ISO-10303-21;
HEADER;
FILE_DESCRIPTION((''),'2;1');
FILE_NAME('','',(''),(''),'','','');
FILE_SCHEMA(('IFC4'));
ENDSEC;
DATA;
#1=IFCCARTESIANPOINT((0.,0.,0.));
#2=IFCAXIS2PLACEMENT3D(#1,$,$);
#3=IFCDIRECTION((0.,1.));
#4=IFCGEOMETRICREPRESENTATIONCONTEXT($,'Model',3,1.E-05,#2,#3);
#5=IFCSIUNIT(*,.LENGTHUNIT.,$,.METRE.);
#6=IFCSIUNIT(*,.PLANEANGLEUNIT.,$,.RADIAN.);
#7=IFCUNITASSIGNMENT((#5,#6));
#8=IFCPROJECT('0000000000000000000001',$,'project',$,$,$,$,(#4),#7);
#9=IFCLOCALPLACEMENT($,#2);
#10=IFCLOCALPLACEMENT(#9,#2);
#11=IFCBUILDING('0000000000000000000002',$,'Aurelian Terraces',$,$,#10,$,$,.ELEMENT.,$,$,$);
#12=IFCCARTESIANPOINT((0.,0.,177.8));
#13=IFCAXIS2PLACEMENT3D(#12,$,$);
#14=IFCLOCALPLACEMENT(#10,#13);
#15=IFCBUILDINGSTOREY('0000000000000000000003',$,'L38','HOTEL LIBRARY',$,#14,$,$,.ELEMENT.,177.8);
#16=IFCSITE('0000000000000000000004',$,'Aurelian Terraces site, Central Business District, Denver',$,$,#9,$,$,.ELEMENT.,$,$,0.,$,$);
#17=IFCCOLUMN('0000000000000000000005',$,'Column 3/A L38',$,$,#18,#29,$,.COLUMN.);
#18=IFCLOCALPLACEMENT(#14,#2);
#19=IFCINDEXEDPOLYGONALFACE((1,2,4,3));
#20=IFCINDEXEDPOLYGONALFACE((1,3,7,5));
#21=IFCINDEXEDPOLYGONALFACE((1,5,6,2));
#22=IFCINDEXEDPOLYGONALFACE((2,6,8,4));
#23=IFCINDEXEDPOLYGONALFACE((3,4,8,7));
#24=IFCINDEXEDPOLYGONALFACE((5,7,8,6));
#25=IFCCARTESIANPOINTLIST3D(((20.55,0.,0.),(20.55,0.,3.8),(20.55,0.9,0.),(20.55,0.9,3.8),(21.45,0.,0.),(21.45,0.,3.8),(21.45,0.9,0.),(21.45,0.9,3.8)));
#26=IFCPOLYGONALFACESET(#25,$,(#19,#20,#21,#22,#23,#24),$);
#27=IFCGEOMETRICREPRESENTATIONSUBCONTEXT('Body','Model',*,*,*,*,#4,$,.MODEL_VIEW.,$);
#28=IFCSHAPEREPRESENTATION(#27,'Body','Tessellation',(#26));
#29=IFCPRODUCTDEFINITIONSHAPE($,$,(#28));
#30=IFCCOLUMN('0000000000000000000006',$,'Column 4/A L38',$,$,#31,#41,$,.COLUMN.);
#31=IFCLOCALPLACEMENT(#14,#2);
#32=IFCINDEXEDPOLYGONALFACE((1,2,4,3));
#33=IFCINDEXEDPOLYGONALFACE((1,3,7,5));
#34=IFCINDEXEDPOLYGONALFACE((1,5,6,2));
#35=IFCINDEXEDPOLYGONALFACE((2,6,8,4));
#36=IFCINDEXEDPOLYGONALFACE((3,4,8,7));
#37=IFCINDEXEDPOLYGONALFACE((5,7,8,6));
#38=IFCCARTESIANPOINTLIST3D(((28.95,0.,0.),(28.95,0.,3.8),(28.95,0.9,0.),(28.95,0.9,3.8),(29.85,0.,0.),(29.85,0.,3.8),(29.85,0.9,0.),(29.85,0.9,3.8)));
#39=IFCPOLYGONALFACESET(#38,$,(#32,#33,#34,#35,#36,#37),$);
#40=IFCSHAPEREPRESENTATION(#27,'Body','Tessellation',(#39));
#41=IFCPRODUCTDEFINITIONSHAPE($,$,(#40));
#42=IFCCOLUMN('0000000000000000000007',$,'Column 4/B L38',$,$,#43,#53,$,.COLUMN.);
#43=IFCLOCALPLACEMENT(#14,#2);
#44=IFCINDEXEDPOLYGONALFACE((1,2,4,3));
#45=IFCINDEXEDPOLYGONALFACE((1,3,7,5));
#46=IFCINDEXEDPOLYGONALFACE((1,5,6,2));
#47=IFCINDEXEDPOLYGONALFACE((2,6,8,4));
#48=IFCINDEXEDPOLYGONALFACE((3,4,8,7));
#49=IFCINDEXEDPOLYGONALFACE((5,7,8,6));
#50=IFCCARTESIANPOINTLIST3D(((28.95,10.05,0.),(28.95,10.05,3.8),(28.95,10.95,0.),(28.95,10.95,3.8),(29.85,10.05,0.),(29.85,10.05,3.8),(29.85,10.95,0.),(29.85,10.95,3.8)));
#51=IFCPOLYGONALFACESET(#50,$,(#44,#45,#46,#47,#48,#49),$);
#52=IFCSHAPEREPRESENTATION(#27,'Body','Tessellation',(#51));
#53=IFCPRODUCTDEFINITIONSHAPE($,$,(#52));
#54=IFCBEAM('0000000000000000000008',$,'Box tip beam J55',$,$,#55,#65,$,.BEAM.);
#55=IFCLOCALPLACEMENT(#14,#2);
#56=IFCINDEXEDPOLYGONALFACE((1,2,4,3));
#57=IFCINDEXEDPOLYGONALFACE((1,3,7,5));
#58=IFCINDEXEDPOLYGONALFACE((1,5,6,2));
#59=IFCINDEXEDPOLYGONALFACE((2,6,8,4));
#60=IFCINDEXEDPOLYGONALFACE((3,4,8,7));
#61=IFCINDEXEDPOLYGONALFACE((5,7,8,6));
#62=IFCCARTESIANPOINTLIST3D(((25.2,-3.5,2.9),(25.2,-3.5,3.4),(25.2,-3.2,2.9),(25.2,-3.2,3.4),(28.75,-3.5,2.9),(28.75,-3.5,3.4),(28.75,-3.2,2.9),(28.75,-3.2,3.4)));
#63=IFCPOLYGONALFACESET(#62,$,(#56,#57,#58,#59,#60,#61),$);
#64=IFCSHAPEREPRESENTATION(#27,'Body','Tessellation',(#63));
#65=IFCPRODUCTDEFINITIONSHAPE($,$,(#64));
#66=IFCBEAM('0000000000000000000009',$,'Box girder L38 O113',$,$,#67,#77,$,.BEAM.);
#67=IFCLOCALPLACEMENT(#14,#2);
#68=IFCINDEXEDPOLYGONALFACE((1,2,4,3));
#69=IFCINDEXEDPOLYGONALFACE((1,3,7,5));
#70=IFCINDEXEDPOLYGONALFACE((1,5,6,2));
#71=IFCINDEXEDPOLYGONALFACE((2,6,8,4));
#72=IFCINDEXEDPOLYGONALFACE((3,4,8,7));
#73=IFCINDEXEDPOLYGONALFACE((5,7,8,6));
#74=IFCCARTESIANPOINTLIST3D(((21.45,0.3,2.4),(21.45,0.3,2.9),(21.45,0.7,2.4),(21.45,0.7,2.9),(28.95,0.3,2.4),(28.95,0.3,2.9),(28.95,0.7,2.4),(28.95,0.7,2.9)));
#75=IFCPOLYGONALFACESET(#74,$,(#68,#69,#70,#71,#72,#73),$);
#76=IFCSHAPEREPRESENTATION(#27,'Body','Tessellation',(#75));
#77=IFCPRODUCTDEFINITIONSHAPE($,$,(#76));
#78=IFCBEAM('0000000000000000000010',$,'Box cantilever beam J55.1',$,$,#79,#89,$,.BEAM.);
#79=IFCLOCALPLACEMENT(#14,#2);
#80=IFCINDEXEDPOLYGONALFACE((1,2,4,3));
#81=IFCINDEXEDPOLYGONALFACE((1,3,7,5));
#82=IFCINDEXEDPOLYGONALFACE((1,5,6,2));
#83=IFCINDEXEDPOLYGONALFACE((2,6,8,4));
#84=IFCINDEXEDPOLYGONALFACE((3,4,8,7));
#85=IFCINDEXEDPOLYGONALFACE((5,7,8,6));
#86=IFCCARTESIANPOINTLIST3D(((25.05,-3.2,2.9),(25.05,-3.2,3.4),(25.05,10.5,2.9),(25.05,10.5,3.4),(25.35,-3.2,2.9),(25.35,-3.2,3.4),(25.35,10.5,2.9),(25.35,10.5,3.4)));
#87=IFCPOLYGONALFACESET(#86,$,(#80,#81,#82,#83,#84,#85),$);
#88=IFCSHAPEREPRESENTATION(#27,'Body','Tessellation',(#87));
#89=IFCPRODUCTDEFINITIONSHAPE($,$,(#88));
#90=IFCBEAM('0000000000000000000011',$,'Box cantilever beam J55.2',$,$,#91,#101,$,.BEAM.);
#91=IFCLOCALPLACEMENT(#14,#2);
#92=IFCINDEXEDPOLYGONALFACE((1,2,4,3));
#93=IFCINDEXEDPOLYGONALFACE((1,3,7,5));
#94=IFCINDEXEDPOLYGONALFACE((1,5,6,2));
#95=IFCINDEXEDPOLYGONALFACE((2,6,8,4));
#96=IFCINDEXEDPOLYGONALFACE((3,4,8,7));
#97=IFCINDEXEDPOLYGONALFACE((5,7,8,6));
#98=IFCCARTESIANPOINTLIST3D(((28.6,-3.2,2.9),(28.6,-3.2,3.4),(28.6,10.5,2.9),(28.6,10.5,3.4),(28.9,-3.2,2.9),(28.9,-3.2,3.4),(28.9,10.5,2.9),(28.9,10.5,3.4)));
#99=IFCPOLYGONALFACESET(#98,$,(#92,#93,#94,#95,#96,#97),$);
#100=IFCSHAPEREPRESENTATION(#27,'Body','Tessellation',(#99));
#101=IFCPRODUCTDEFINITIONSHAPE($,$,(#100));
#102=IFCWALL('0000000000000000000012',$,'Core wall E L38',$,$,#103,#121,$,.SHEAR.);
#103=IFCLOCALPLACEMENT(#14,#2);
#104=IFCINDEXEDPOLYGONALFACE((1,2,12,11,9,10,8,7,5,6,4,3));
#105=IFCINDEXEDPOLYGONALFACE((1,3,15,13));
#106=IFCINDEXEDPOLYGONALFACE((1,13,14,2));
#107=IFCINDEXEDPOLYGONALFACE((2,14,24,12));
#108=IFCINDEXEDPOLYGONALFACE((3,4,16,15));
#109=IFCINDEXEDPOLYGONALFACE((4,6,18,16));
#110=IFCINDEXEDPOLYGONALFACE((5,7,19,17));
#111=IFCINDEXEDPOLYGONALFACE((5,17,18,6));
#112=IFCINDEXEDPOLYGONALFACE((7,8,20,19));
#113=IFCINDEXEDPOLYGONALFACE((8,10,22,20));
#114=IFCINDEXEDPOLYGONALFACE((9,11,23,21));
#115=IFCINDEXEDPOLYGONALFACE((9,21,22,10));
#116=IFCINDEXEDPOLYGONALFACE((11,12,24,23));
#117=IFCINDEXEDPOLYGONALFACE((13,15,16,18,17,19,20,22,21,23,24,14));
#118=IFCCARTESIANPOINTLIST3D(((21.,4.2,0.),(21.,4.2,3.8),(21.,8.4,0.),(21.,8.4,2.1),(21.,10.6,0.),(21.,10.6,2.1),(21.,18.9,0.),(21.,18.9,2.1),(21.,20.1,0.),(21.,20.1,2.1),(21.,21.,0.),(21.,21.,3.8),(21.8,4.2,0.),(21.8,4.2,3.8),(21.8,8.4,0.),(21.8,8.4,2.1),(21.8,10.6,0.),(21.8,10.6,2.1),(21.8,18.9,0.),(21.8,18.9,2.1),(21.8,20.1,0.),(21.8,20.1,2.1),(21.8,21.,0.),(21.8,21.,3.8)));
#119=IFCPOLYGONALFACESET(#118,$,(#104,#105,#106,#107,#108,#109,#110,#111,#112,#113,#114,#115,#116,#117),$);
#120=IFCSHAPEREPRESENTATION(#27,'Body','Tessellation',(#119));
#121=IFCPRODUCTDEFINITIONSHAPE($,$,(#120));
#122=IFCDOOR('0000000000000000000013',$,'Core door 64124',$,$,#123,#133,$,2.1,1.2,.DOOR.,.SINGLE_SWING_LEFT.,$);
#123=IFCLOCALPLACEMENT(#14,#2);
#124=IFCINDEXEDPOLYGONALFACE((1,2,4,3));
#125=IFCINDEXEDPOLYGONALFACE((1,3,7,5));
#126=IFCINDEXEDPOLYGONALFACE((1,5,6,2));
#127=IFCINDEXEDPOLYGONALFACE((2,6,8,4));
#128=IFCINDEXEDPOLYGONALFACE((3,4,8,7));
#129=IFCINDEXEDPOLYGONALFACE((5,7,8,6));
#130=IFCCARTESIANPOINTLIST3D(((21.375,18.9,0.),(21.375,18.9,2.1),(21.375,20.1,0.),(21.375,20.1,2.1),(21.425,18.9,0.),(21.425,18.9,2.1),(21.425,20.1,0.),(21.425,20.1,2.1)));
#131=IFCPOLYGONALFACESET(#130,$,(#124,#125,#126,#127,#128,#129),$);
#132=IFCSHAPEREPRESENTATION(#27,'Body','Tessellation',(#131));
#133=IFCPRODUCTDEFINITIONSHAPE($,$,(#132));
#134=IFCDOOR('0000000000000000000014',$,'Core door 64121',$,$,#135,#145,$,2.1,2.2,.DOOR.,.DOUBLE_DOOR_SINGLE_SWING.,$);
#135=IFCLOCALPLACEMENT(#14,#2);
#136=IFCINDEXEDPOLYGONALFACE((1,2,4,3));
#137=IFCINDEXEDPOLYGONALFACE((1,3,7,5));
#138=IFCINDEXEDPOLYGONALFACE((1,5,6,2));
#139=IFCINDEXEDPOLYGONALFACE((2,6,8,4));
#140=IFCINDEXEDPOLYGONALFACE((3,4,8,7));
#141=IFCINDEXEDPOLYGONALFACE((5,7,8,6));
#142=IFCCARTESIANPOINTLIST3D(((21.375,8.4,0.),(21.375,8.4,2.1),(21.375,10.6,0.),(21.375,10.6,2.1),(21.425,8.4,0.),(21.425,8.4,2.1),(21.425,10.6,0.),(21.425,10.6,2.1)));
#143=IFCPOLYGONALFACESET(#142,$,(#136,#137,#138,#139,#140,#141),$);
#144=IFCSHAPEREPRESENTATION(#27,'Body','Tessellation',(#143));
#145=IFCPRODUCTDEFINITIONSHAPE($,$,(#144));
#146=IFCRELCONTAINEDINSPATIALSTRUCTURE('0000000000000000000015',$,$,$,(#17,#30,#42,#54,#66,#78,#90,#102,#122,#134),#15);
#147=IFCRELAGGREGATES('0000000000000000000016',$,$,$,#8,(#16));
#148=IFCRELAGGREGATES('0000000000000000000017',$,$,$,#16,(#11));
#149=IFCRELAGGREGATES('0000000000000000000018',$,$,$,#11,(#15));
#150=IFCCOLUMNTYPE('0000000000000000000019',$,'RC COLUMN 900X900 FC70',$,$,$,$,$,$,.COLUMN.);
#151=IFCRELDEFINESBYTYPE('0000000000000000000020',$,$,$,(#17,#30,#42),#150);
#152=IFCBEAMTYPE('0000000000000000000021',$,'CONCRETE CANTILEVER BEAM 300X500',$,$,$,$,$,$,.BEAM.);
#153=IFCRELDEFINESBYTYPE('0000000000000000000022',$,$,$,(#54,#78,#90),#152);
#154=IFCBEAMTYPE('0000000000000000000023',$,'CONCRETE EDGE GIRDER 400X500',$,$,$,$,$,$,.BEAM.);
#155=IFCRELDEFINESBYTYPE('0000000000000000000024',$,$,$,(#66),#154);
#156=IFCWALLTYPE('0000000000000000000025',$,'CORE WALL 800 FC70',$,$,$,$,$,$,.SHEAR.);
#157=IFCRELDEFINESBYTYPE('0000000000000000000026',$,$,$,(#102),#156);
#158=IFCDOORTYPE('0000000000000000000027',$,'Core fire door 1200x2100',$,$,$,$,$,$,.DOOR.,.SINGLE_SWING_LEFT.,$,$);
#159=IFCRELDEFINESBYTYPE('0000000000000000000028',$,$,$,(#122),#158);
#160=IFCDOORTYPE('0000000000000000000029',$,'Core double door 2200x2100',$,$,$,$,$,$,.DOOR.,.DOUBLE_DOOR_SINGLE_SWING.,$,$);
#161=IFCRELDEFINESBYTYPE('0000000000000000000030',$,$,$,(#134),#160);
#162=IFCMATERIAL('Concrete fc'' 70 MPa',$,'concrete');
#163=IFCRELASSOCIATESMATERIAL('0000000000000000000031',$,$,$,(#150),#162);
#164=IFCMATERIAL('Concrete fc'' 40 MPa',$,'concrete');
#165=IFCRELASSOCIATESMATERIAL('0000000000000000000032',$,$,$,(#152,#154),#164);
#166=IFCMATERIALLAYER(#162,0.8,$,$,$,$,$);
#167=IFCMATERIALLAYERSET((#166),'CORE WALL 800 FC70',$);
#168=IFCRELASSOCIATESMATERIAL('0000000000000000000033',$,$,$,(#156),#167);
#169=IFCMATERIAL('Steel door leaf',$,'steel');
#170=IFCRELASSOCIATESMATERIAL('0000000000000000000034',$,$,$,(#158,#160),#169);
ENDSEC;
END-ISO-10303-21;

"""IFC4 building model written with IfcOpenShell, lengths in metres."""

from ifc_helpers import new_model, si_unit, direction, frame, frame_2d, origin, origin_2d, place, context, subcontext, project, spatial, rectangle, extrude, source, transform, mapped, material, layer, layer_set, material_profile, profile_set, type_object, element, fill, save


model = new_model("IFC4")

# Units and contexts
model_context = context("Model", 3, precision=1e-05, world=origin(), true_north=direction((0.0, 1.0)))
body_context = subcontext(model_context, "Body", "Model", "MODEL_VIEW")
ifc_project = project(units=[si_unit("LENGTHUNIT", "METRE"), si_unit("PLANEANGLEUNIT", "RADIAN")], contexts=[model_context])

# Site, building, storey
site_placement = place(None, origin())
site = spatial("IfcSite", under=ifc_project, at=site_placement, Name="Aurelian Terraces site, Central Business District, Denver", CompositionType="ELEMENT", RefElevation=0.0)
building_placement = place(site_placement, origin())
building = spatial("IfcBuilding", under=site, at=building_placement, Name="Aurelian Terraces", CompositionType="ELEMENT")
storey_placement = place(building_placement, frame((0.0, 0.0, 177.8)))
storey = spatial("IfcBuildingStorey", under=building, at=storey_placement, Name="L38", Description="HOTEL LIBRARY", CompositionType="ELEMENT", Elevation=177.8)

# Columns
ifc_material_1 = material(Name="Concrete fc' 70 MPa", Category="concrete")
ifc_material_profile_1 = material_profile(ifc_material_1, rectangle(XDim=0.9, YDim=0.9, at=origin_2d()))
ifc_profile_set_1 = profile_set([ifc_material_profile_1], Name="Concrete fc' 70 MPa")
column_type = type_object("IfcColumnType", Name="RC COLUMN 900X900 FC70", PredefinedType="COLUMN", material=ifc_profile_set_1)
shared_shape_1 = source(origin(), body_context, "Body", "SweptSolid", [
    extrude(rectangle(XDim=0.9, YDim=0.9, at=origin_2d()), origin(), (0.0, 0.0, 1.0), 3.8),
])
for number, where, z_axis, x_axis, name in (
    (1, (21.0, 0.45, 0.0), (0.0, 0.0, 1.0), (1.0, 0.0, 0.0), "Column 3/A L38"),
    (2, (29.4, 0.45, 0.0), (0.0, 0.0, 1.0), (1.0, 0.0, 0.0), "Column 4/A L38"),
    (3, (29.4, 10.5, 0.0), (0.0, 0.0, 1.0), (1.0, 0.0, 0.0), "Column 4/B L38"),
):
    element("IfcColumn", number, at=place(storey_placement, frame(where, z_axis=z_axis, x_axis=x_axis)), inside=storey, type_object=column_type, Name=name, PredefinedType="COLUMN", context=body_context, shape_type="MappedRepresentation", body=[
        mapped(shared_shape_1, transform((0.0, 0.0, 0.0), scale=1.0)),
    ])

# Beams
ifc_material_2 = material(Name="Concrete fc' 40 MPa", Category="concrete")
ifc_material_profile_2 = material_profile(ifc_material_2, rectangle(XDim=0.3, YDim=0.5, at=origin_2d()))
ifc_profile_set_2 = profile_set([ifc_material_profile_2], Name="Concrete fc' 40 MPa")
beam_type_1 = type_object("IfcBeamType", Name="CONCRETE CANTILEVER BEAM 300X500", PredefinedType="BEAM", material=ifc_profile_set_2)
beam_1_placement = place(storey_placement, frame((25.2, -3.35, 3.15), z_axis=(1.0, 0.0, 0.0), x_axis=(0.0, 1.0, 0.0)))
element("IfcBeam", 4, at=beam_1_placement, inside=storey, type_object=beam_type_1, Name="Box tip beam J55", PredefinedType="BEAM", context=body_context, shape_type="SweptSolid", body=[
    extrude(rectangle(XDim=0.3, YDim=0.5, at=origin_2d()), origin(), (0.0, 0.0, 1.0), 3.55),
])
ifc_material_profile_3 = material_profile(ifc_material_2, rectangle(XDim=0.4, YDim=0.5, at=origin_2d()))
ifc_profile_set_3 = profile_set([ifc_material_profile_3], Name="Concrete fc' 40 MPa")
beam_type_2 = type_object("IfcBeamType", Name="CONCRETE EDGE GIRDER 400X500", PredefinedType="BEAM", material=ifc_profile_set_3)
beam_2_placement = place(storey_placement, frame((21.45, 0.5, 2.65), z_axis=(1.0, 0.0, 0.0), x_axis=(0.0, 1.0, 0.0)))
element("IfcBeam", 5, at=beam_2_placement, inside=storey, type_object=beam_type_2, Name="Box girder L38 O113", PredefinedType="BEAM", context=body_context, shape_type="SweptSolid", body=[
    extrude(rectangle(XDim=0.4, YDim=0.5, at=origin_2d()), origin(), (0.0, 0.0, 1.0), 7.5),
])
shared_shape_2 = source(origin(), body_context, "Body", "SweptSolid", [
    extrude(rectangle(XDim=0.3, YDim=0.5, at=origin_2d()), origin(), (0.0, 0.0, 1.0), 13.7),
])
for number, where, z_axis, x_axis, name in (
    (6, (25.2, -3.2, 3.15), (0.0, 1.0, 0.0), (-1.0, 0.0, 0.0), "Box cantilever beam J55.1"),
    (7, (28.75, -3.2, 3.15), (0.0, 1.0, 0.0), (-1.0, 0.0, 0.0), "Box cantilever beam J55.2"),
):
    element("IfcBeam", number, at=place(storey_placement, frame(where, z_axis=z_axis, x_axis=x_axis)), inside=storey, type_object=beam_type_1, Name=name, PredefinedType="BEAM", context=body_context, shape_type="MappedRepresentation", body=[
        mapped(shared_shape_2, transform((0.0, 0.0, 0.0), scale=1.0)),
    ])

# Wall, openings, doors
ifc_layer_1 = layer(ifc_material_1, 0.8)
ifc_layer_set_1 = layer_set([ifc_layer_1], Name="CORE WALL 800 FC70")
wall_type_1 = type_object("IfcWallType", Name="CORE WALL 800 FC70", PredefinedType="SHEAR", material=ifc_layer_set_1)
wall_1_placement = place(storey_placement, frame((21.4, 4.2, 0.0), z_axis=(0.0, 0.0, 1.0), x_axis=(0.0, 1.0, 0.0)))
wall_1 = element("IfcWall", 8, at=wall_1_placement, inside=storey, type_object=wall_type_1, Name="Core wall E L38", PredefinedType="SHEAR", context=body_context, shape_type="SweptSolid", body=[
    extrude(rectangle(XDim=16.8, YDim=0.8, at=frame_2d((8.4, 0.0))), origin(), (0.0, 0.0, 1.0), 3.8),
])
opening_1_placement = place(wall_1_placement, frame((4.2, 0.0, 0.0)))
opening_1 = element("IfcOpeningElement", 9, at=opening_1_placement, cuts=wall_1, PredefinedType="OPENING", context=body_context, shape_type="SweptSolid", body=[
    extrude(rectangle(XDim=2.2, YDim=2.1, at=frame_2d((1.1, 1.05))), frame((0.0, 0.41, 0.0), z_axis=(0.0, -1.0, 0.0), x_axis=(1.0, 0.0, 0.0)), (0.0, 0.0, 1.0), 0.82),
])
shared_shape_3 = source(origin(), body_context, "Body", "SweptSolid", [
    extrude(rectangle(XDim=1.2, YDim=2.1, at=frame_2d((0.6, 1.05))), frame((0.0, 0.41, 0.0), z_axis=(0.0, -1.0, 0.0), x_axis=(1.0, 0.0, 0.0)), (0.0, 0.0, 1.0), 0.82),
])
opening_2_placement = place(wall_1_placement, frame((14.7, 0.0, 0.0)))
opening_2 = element("IfcOpeningElement", 10, at=opening_2_placement, cuts=wall_1, PredefinedType="OPENING", context=body_context, shape_type="MappedRepresentation", body=[
    mapped(shared_shape_3, transform((0.0, 0.0, 0.0), scale=1.0)),
])
ifc_material_3 = material(Name="Steel door leaf", Category="steel")
door_type_1 = type_object("IfcDoorType", Name="Core fire door 1200x2100", OperationType="SINGLE_SWING_LEFT", PredefinedType="DOOR", material=ifc_material_3)
shared_shape_4 = source(origin(), body_context, "Body", "SweptSolid", [
    extrude(rectangle(XDim=1.2, YDim=2.1, at=frame_2d((0.6, 1.05))), frame((0.0, 0.025, 0.0), z_axis=(0.0, -1.0, 0.0), x_axis=(1.0, 0.0, 0.0)), (0.0, 0.0, 1.0), 0.05),
])
door_1_placement = place(opening_2_placement, origin())
door_1 = element("IfcDoor", 11, at=door_1_placement, inside=storey, type_object=door_type_1, Name="Core door 64124", OperationType="SINGLE_SWING_LEFT", OverallHeight=2.1, OverallWidth=1.2, PredefinedType="DOOR", context=body_context, shape_type="MappedRepresentation", body=[
    mapped(shared_shape_4, transform((0.0, 0.0, 0.0), scale=1.0)),
])
fill(opening_2, door_1)
door_type_2 = type_object("IfcDoorType", Name="Core double door 2200x2100", OperationType="DOUBLE_DOOR_SINGLE_SWING", PredefinedType="DOOR", material=ifc_material_3)
shared_shape_5 = source(origin(), body_context, "Body", "SweptSolid", [
    extrude(rectangle(XDim=2.2, YDim=2.1, at=frame_2d((1.1, 1.05))), frame((0.0, 0.025, 0.0), z_axis=(0.0, -1.0, 0.0), x_axis=(1.0, 0.0, 0.0)), (0.0, 0.0, 1.0), 0.05),
])
door_2_placement = place(opening_1_placement, origin())
door_2 = element("IfcDoor", 12, at=door_2_placement, inside=storey, type_object=door_type_2, Name="Core door 64121", OperationType="DOUBLE_DOOR_SINGLE_SWING", OverallHeight=2.1, OverallWidth=2.2, PredefinedType="DOOR", context=body_context, shape_type="MappedRepresentation", body=[
    mapped(shared_shape_5, transform((0.0, 0.0, 0.0), scale=1.0)),
])
fill(opening_1, door_2)

save(model, "model.ifc")
